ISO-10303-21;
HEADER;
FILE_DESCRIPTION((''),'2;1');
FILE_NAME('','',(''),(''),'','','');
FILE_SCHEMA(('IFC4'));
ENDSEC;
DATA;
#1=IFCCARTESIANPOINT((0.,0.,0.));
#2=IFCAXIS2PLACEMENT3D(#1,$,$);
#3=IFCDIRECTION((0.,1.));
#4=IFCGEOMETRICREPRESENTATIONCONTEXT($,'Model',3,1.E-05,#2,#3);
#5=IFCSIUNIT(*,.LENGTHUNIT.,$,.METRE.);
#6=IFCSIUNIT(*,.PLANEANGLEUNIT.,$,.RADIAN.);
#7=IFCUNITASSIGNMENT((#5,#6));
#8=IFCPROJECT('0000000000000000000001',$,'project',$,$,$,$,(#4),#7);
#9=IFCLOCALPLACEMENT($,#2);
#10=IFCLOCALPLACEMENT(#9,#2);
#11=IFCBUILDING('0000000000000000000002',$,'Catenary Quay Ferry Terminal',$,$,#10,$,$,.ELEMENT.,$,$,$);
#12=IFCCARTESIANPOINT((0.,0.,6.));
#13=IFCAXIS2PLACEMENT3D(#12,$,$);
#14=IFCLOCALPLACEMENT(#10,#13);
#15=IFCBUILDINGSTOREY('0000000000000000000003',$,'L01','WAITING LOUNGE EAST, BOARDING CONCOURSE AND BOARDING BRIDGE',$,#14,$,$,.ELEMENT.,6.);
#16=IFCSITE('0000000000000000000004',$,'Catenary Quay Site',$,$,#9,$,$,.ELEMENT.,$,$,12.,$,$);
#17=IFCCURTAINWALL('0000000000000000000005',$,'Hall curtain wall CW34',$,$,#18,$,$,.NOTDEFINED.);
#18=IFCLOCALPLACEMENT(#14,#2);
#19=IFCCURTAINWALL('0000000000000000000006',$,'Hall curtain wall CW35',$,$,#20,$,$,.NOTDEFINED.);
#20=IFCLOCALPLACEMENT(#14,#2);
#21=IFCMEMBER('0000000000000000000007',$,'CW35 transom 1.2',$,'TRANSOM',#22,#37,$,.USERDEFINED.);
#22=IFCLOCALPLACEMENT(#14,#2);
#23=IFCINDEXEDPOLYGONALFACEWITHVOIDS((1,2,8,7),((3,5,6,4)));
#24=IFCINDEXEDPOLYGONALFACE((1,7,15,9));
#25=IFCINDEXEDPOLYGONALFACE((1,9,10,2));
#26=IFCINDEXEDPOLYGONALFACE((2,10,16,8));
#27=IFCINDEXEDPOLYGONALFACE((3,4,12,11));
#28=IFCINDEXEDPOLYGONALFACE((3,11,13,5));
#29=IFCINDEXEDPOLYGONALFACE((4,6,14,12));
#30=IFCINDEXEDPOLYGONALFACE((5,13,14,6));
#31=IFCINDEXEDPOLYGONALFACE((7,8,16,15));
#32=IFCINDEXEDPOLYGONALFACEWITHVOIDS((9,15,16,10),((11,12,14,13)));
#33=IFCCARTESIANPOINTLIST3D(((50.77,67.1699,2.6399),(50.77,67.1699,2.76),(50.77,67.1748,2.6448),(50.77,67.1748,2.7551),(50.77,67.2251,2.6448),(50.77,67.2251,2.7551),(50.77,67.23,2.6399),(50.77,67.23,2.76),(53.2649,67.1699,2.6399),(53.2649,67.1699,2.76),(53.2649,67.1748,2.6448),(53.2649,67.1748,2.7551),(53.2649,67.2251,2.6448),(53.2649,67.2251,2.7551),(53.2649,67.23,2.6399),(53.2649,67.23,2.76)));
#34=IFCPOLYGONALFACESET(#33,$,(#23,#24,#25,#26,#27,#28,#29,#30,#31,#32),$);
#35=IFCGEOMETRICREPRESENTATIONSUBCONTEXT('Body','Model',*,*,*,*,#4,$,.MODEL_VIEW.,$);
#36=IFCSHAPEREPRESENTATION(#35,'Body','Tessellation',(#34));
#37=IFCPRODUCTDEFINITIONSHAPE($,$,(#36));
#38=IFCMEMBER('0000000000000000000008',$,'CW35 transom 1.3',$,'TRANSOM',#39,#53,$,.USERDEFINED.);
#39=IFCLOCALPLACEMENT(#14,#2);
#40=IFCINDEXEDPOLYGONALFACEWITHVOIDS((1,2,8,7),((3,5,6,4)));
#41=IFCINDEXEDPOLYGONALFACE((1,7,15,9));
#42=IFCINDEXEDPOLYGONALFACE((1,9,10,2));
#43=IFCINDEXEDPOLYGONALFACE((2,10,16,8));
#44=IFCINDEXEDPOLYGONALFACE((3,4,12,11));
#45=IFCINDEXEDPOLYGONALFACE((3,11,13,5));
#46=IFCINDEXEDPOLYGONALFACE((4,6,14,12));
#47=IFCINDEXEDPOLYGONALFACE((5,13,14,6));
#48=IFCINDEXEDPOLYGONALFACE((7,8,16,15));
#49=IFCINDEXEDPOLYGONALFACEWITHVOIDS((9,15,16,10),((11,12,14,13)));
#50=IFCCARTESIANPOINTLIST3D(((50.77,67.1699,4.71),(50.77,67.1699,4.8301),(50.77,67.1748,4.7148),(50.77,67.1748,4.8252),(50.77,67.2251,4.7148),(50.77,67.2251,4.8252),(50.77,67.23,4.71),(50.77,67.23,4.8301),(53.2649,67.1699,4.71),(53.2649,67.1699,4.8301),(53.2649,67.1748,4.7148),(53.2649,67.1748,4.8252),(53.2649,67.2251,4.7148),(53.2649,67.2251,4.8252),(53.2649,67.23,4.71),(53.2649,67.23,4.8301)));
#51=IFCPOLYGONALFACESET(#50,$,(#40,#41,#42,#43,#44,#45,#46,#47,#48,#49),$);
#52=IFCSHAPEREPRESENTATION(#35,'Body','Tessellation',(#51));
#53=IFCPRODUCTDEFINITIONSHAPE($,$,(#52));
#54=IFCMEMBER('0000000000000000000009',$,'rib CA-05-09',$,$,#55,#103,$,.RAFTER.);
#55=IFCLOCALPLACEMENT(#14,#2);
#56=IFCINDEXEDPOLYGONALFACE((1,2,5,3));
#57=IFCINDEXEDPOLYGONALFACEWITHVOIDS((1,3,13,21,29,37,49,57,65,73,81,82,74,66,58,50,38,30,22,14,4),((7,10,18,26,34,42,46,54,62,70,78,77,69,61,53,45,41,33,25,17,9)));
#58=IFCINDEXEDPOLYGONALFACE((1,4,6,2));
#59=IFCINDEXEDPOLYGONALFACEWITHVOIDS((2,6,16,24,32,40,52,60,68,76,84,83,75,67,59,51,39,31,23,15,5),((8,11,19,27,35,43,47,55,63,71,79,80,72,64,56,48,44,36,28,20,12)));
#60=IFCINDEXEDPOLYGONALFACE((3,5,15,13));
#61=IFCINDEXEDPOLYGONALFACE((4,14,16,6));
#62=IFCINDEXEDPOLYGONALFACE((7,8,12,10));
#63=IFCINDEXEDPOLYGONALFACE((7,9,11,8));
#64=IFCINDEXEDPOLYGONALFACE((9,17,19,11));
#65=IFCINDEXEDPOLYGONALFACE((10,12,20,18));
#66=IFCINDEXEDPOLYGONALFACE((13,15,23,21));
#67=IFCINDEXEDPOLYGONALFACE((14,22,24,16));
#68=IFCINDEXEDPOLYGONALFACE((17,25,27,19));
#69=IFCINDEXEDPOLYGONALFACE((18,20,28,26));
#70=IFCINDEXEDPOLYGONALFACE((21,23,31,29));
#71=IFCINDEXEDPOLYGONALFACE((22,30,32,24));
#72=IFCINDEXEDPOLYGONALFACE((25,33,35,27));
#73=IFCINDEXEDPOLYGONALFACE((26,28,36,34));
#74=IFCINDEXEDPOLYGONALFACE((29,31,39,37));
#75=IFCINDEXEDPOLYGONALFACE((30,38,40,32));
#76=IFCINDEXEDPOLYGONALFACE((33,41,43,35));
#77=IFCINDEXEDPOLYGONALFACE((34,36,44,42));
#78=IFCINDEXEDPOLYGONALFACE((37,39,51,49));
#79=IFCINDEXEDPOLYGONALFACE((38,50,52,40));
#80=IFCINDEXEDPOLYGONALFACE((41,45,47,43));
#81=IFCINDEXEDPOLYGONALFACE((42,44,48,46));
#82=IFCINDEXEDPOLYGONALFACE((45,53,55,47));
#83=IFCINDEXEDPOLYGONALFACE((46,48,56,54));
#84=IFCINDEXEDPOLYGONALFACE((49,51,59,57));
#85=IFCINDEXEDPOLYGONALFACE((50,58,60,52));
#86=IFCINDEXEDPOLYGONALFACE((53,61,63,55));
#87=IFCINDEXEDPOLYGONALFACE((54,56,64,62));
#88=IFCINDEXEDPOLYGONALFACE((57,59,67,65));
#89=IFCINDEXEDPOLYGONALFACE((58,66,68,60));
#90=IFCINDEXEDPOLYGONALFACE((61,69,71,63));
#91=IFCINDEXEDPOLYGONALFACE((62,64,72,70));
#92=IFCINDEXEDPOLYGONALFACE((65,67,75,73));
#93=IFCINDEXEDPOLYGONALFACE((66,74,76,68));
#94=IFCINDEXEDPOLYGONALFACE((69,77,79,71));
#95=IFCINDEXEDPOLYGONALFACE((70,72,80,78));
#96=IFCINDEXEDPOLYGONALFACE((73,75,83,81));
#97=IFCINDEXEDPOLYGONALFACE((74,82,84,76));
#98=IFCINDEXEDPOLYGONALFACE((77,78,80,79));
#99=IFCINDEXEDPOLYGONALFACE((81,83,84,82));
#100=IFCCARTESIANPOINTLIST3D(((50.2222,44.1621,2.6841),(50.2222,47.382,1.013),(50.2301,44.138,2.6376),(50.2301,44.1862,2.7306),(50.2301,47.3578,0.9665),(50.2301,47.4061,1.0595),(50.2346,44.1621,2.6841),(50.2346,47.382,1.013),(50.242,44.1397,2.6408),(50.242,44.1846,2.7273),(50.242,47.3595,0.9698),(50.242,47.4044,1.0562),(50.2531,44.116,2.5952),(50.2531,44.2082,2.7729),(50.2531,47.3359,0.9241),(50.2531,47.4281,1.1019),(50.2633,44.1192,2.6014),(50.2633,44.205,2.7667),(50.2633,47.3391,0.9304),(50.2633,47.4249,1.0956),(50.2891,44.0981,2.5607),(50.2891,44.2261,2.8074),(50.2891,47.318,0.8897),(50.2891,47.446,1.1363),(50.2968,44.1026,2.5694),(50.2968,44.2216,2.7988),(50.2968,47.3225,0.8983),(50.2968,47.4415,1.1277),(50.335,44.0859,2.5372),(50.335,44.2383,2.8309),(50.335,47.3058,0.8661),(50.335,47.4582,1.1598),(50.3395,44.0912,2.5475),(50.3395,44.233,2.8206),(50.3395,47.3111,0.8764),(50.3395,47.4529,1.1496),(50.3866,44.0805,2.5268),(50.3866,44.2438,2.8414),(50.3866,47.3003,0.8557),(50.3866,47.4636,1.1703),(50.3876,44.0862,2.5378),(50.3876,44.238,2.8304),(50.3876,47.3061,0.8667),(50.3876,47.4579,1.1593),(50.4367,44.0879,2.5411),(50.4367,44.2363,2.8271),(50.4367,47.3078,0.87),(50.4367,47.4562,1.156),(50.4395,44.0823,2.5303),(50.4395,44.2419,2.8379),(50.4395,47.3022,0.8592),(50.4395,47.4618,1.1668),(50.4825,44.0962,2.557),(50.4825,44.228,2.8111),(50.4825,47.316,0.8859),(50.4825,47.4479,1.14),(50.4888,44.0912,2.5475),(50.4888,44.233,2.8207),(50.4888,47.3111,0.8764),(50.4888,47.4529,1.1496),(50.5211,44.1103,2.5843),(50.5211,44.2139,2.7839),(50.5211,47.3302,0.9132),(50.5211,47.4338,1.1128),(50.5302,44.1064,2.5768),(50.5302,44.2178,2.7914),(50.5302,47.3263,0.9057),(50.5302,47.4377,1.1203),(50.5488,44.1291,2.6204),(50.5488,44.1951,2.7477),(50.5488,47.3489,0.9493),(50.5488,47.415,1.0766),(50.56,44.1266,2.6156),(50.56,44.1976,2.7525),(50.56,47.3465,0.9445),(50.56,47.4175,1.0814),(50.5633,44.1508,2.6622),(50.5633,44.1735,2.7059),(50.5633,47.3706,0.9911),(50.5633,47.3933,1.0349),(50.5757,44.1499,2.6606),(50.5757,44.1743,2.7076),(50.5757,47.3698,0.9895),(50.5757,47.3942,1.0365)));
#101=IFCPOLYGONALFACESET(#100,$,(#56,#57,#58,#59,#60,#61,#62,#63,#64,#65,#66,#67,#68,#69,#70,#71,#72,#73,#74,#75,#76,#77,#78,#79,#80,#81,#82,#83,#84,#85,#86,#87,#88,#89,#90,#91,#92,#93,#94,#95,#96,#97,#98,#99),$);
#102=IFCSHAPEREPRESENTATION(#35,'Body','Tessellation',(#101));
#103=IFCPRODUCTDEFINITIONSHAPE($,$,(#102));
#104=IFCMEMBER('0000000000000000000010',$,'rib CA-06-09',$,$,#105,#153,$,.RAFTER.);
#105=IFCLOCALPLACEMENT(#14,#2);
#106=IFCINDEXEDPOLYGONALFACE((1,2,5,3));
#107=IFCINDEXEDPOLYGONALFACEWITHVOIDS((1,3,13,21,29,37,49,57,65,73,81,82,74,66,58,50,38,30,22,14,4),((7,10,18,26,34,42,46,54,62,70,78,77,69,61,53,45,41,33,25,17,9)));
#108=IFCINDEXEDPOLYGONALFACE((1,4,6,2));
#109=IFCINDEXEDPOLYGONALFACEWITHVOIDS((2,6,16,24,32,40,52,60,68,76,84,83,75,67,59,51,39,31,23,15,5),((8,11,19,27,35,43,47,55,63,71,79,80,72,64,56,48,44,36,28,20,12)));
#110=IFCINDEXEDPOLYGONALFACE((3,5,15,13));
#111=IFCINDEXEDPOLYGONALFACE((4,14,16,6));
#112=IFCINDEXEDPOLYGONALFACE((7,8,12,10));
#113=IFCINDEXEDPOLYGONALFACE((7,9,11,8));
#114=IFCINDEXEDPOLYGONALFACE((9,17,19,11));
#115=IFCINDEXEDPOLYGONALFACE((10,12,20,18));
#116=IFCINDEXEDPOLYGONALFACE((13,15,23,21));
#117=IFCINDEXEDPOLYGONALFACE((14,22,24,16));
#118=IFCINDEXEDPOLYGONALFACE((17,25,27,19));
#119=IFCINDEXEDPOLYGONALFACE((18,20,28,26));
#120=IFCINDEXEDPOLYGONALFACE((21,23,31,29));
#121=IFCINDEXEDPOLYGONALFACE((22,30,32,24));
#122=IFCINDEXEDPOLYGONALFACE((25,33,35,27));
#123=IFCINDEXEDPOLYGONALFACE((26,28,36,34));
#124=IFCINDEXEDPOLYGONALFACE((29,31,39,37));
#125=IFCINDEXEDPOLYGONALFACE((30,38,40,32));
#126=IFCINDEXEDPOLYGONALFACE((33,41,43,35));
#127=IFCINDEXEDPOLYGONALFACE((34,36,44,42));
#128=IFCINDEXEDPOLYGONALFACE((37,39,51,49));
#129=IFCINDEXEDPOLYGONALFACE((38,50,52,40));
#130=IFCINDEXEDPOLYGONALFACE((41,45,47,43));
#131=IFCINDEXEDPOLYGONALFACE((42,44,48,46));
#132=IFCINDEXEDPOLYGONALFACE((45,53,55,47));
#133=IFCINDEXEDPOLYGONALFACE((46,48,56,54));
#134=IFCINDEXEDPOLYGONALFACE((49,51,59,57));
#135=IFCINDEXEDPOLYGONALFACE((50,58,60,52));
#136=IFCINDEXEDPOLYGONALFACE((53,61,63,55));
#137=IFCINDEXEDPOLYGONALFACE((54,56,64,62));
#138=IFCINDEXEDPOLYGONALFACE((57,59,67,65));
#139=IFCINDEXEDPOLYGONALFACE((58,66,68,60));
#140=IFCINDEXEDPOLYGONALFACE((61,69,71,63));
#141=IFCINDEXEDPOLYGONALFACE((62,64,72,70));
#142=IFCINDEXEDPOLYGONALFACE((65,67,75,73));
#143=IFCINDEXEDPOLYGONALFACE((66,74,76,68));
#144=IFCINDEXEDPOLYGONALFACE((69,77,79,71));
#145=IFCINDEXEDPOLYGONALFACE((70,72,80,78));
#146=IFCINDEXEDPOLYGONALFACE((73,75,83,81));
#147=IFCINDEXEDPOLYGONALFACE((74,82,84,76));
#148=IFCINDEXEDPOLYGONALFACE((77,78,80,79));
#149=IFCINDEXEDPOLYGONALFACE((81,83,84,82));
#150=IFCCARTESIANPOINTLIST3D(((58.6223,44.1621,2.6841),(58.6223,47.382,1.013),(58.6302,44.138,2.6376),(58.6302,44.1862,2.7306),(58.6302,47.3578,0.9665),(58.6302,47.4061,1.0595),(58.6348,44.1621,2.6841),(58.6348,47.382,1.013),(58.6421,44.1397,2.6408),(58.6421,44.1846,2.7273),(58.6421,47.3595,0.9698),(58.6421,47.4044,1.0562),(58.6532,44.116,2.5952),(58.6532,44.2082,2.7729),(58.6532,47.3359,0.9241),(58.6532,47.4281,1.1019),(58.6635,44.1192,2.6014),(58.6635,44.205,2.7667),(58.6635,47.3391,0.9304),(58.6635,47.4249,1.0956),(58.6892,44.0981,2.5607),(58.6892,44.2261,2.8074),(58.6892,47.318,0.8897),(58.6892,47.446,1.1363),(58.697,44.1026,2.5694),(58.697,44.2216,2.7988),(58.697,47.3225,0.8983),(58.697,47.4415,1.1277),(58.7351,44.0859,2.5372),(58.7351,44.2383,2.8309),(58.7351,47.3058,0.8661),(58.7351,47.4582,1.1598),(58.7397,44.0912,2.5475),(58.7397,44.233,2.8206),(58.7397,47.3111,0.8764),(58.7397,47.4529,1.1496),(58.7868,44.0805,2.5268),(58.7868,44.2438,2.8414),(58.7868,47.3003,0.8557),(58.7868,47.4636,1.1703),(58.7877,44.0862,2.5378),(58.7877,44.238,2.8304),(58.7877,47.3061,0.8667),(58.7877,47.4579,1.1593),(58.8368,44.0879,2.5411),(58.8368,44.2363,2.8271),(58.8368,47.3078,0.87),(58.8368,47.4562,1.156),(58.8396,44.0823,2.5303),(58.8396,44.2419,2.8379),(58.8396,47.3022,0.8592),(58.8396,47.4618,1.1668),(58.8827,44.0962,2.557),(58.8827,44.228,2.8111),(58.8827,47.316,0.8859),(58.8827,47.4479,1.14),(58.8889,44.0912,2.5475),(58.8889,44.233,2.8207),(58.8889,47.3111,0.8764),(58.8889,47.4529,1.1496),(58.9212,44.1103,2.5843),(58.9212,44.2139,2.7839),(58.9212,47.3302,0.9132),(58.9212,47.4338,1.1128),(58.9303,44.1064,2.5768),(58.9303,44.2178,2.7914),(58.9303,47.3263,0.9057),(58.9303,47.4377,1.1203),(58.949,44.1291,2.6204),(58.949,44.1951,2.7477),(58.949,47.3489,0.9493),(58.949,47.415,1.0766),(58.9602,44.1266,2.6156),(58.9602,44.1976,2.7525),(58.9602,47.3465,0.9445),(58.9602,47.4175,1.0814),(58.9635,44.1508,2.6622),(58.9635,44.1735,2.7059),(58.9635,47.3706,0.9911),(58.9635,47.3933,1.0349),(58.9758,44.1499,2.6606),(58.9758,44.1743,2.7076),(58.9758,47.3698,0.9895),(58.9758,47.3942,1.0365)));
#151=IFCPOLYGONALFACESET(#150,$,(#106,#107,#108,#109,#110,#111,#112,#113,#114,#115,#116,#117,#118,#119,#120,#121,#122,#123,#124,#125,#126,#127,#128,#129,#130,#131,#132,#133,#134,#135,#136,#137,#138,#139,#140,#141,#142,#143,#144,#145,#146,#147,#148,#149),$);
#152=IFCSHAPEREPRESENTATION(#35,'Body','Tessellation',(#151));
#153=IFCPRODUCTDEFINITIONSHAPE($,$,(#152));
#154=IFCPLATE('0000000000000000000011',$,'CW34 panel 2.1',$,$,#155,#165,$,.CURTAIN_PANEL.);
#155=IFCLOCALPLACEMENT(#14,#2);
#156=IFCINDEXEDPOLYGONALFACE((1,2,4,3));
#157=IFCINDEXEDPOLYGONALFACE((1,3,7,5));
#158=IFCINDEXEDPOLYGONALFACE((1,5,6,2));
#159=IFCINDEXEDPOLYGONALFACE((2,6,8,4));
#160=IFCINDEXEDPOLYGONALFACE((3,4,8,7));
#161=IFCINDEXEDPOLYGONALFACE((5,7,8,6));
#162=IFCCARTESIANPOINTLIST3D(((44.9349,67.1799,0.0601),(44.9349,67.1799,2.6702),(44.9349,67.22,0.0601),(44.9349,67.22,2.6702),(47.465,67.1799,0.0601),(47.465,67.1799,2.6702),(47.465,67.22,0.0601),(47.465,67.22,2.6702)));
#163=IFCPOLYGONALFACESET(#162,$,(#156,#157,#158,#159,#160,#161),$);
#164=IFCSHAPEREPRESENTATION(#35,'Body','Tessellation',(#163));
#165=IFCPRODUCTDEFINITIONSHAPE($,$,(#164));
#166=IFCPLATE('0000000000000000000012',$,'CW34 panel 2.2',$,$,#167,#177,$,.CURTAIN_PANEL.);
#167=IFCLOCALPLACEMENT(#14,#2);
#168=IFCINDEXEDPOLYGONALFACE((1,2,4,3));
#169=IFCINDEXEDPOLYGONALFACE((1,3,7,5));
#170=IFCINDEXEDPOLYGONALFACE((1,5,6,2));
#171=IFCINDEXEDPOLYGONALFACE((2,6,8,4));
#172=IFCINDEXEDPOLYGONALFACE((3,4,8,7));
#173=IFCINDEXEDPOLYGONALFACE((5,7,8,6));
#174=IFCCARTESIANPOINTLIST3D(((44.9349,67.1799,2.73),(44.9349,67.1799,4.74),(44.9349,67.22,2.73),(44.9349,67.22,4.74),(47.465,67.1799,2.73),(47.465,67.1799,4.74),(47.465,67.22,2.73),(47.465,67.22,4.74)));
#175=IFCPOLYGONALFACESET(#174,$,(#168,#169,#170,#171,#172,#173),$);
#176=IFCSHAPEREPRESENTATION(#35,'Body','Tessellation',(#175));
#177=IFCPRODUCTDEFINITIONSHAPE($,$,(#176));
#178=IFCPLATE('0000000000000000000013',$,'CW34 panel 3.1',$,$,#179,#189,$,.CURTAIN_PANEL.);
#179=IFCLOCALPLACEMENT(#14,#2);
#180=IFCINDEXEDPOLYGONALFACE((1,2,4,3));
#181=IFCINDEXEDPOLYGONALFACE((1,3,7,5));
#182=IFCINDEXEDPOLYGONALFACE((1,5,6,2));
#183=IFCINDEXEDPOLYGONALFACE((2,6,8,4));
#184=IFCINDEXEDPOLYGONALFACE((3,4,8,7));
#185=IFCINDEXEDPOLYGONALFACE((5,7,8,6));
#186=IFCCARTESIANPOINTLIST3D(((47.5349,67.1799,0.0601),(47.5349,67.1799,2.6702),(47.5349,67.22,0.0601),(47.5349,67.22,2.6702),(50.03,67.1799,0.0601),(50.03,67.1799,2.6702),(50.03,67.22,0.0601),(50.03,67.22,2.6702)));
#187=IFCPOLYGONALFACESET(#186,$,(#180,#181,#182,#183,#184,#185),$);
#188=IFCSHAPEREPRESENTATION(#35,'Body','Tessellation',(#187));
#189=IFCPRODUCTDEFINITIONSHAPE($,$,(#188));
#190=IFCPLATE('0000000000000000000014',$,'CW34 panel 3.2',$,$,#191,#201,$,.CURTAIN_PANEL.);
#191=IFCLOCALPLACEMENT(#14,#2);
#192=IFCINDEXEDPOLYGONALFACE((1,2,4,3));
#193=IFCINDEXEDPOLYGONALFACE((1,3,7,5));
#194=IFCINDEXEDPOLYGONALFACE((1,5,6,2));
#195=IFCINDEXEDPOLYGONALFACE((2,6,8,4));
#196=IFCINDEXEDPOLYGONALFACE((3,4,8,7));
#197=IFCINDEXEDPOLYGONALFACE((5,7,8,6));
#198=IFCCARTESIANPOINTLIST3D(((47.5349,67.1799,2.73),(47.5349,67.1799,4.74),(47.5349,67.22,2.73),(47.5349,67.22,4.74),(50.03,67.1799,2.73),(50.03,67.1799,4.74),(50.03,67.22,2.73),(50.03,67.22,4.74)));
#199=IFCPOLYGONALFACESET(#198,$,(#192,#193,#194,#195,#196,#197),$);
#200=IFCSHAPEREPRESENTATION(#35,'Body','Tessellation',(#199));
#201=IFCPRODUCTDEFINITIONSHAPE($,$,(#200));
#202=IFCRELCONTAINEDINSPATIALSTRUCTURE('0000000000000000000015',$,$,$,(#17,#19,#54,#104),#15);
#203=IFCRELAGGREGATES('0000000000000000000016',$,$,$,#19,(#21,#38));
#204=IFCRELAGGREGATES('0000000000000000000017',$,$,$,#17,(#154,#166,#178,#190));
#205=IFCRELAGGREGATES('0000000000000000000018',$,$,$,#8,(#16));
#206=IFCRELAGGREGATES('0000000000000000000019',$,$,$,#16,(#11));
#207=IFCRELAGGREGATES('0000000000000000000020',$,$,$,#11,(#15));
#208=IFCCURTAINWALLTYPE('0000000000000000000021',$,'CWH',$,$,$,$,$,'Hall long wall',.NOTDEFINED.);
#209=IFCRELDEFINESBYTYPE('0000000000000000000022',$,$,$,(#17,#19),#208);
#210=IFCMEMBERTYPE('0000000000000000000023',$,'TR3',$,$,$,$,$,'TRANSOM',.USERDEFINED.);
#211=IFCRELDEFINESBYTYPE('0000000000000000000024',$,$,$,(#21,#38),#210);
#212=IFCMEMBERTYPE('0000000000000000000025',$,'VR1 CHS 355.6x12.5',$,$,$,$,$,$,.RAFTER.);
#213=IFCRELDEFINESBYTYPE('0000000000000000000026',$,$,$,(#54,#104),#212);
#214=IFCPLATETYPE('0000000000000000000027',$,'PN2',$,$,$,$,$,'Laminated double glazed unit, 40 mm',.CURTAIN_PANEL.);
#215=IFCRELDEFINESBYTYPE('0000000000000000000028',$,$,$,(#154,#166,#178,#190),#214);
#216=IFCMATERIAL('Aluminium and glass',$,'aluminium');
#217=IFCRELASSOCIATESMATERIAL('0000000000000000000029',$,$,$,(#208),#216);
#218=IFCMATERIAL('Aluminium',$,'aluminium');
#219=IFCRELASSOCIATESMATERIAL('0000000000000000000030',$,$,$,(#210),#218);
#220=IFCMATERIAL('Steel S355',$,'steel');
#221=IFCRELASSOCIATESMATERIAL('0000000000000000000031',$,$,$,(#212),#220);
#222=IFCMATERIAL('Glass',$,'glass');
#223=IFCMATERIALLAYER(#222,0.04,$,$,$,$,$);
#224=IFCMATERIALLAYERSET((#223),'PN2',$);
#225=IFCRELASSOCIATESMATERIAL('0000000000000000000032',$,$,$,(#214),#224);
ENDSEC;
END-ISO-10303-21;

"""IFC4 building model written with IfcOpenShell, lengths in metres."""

from ifc_helpers import new_model, si_unit, direction, frame, origin, origin_2d, place, context, subcontext, project, spatial, rectangle, hollow_rectangle, hollow_circle, extrude, material, layer, layer_set, material_profile, profile_set, type_object, element, aggregate, save


model = new_model("IFC4")

# Units and contexts
model_context = context("Model", 3, precision=1e-05, world=origin(), true_north=direction((0.0, 1.0)))
body_context = subcontext(model_context, "Body", "Model", "MODEL_VIEW")
ifc_project = project(units=[si_unit("LENGTHUNIT", "METRE"), si_unit("PLANEANGLEUNIT", "RADIAN")], contexts=[model_context])

# Site, building, storey
site_placement = place(None, origin())
site = spatial("IfcSite", under=ifc_project, at=site_placement, Name="Catenary Quay Site", CompositionType="ELEMENT", RefElevation=12.0)
building_placement = place(site_placement, origin())
building = spatial("IfcBuilding", under=site, at=building_placement, Name="Catenary Quay Ferry Terminal", CompositionType="ELEMENT")
storey_placement = place(building_placement, frame((0.0, 0.0, 6.0)))
storey = spatial("IfcBuildingStorey", under=building, at=storey_placement, Name="L01", Description="WAITING LOUNGE EAST, BOARDING CONCOURSE AND BOARDING BRIDGE", CompositionType="ELEMENT", Elevation=6.0)

# Curtain wall
ifc_material_1 = material(Name="Aluminium and glass", Category="aluminium")
curtain_wall_type = type_object("IfcCurtainWallType", Name="CWH", ElementType="Hall long wall", PredefinedType="NOTDEFINED", material=ifc_material_1)
curtain_wall_1_placement = place(storey_placement, origin())
curtain_wall_1 = element("IfcCurtainWall", 1, at=curtain_wall_1_placement, inside=storey, type_object=curtain_wall_type, Name="Hall curtain wall CW34", PredefinedType="NOTDEFINED")

# Curtain wall
curtain_wall_2_placement = place(storey_placement, origin())
curtain_wall_2 = element("IfcCurtainWall", 2, at=curtain_wall_2_placement, inside=storey, type_object=curtain_wall_type, Name="Hall curtain wall CW35", PredefinedType="NOTDEFINED")

# Members
ifc_material_2 = material(Name="Aluminium", Category="aluminium")
ifc_material_profile_1 = material_profile(ifc_material_2, hollow_rectangle(XDim=0.0601, YDim=0.1201, WallThickness=0.0049, at=origin_2d()), Name="TR3")
ifc_profile_set_1 = profile_set([ifc_material_profile_1], Name="Aluminium")
member_type_1 = type_object("IfcMemberType", Name="TR3", ElementType="TRANSOM", PredefinedType="USERDEFINED", material=ifc_profile_set_1)
member_1_placement = place(storey_placement, frame((50.77, 67.2, 2.7), z_axis=(1.0, 0.0, 0.0), x_axis=(0.0, 1.0, 0.0)))
member_1 = element("IfcMember", 3, at=member_1_placement, type_object=member_type_1, Name="CW35 transom 1.2", ObjectType="TRANSOM", PredefinedType="USERDEFINED", context=body_context, shape_type="SweptSolid", body=[
    extrude(hollow_rectangle(XDim=0.0601, YDim=0.1201, WallThickness=0.0049, at=origin_2d()), origin(), (0.0, 0.0, 1.0), 2.4949),
])
member_2_placement = place(storey_placement, frame((50.77, 67.2, 4.77), z_axis=(1.0, 0.0, 0.0), x_axis=(0.0, 1.0, 0.0)))
member_2 = element("IfcMember", 4, at=member_2_placement, type_object=member_type_1, Name="CW35 transom 1.3", ObjectType="TRANSOM", PredefinedType="USERDEFINED", context=body_context, shape_type="SweptSolid", body=[
    extrude(hollow_rectangle(XDim=0.0601, YDim=0.1201, WallThickness=0.0049, at=origin_2d()), origin(), (0.0, 0.0, 1.0), 2.4949),
])
aggregate(curtain_wall_2, [member_1, member_2])

# Members
ifc_material_3 = material(Name="Steel S355", Category="steel")
ifc_material_profile_2 = material_profile(ifc_material_3, hollow_circle(Radius=0.1777, WallThickness=0.0125, at=origin_2d()), Name="CHS 355.6x12.5")
ifc_profile_set_2 = profile_set([ifc_material_profile_2], Name="Steel S355")
member_type_2 = type_object("IfcMemberType", Name="VR1 CHS 355.6x12.5", PredefinedType="RAFTER", material=ifc_profile_set_2)
for number, where, z_axis, x_axis, name in (
    (5, (50.3999, 44.1621, 2.6841), (0.0, 0.887582, -0.460649), (-1.0, 0.0, 0.0), "rib CA-05-09"),
    (6, (58.8, 44.1621, 2.6841), (0.0, 0.887582, -0.460649), (-1.0, 0.0, 0.0), "rib CA-06-09"),
):
    element("IfcMember", number, at=place(storey_placement, frame(where, z_axis=z_axis, x_axis=x_axis)), inside=storey, type_object=member_type_2, Name=name, PredefinedType="RAFTER", context=body_context, shape_type="SweptSolid", body=[
        extrude(hollow_circle(Radius=0.1777, WallThickness=0.0125, at=origin_2d()), origin(), (0.0, 0.0, 1.0), 3.6277),
    ])

# Plates
ifc_material_4 = material(Name="Glass", Category="glass")
ifc_layer_1 = layer(ifc_material_4, 0.04)
ifc_layer_set_1 = layer_set([ifc_layer_1], Name="PN2")
plate_type = type_object("IfcPlateType", Name="PN2", ElementType="Laminated double glazed unit, 40 mm", PredefinedType="CURTAIN_PANEL", material=ifc_layer_set_1)
plate_1_placement = place(storey_placement, frame((46.2, 67.2, 0.0601), z_axis=(0.0, 0.0, 1.0), x_axis=(1.0, 0.0, 0.0)))
plate_1 = element("IfcPlate", 7, at=plate_1_placement, type_object=plate_type, Name="CW34 panel 2.1", PredefinedType="CURTAIN_PANEL", context=body_context, shape_type="SweptSolid", body=[
    extrude(rectangle(XDim=2.53, YDim=0.04, at=origin_2d()), origin(), (0.0, 0.0, 1.0), 2.6101),
])
plate_2_placement = place(storey_placement, frame((46.2, 67.2, 2.73), z_axis=(0.0, 0.0, 1.0), x_axis=(1.0, 0.0, 0.0)))
plate_2 = element("IfcPlate", 8, at=plate_2_placement, type_object=plate_type, Name="CW34 panel 2.2", PredefinedType="CURTAIN_PANEL", context=body_context, shape_type="SweptSolid", body=[
    extrude(rectangle(XDim=2.53, YDim=0.04, at=origin_2d()), origin(), (0.0, 0.0, 1.0), 2.01),
])
plate_3_placement = place(storey_placement, frame((48.7825, 67.2, 0.0601), z_axis=(0.0, 0.0, 1.0), x_axis=(1.0, 0.0, 0.0)))
plate_3 = element("IfcPlate", 9, at=plate_3_placement, type_object=plate_type, Name="CW34 panel 3.1", PredefinedType="CURTAIN_PANEL", context=body_context, shape_type="SweptSolid", body=[
    extrude(rectangle(XDim=2.4951, YDim=0.04, at=origin_2d()), origin(), (0.0, 0.0, 1.0), 2.6101),
])
plate_4_placement = place(storey_placement, frame((48.7825, 67.2, 2.73), z_axis=(0.0, 0.0, 1.0), x_axis=(1.0, 0.0, 0.0)))
plate_4 = element("IfcPlate", 10, at=plate_4_placement, type_object=plate_type, Name="CW34 panel 3.2", PredefinedType="CURTAIN_PANEL", context=body_context, shape_type="SweptSolid", body=[
    extrude(rectangle(XDim=2.4951, YDim=0.04, at=origin_2d()), origin(), (0.0, 0.0, 1.0), 2.01),
])
aggregate(curtain_wall_1, [plate_1, plate_2, plate_3, plate_4])

save(model, "model.ifc")
